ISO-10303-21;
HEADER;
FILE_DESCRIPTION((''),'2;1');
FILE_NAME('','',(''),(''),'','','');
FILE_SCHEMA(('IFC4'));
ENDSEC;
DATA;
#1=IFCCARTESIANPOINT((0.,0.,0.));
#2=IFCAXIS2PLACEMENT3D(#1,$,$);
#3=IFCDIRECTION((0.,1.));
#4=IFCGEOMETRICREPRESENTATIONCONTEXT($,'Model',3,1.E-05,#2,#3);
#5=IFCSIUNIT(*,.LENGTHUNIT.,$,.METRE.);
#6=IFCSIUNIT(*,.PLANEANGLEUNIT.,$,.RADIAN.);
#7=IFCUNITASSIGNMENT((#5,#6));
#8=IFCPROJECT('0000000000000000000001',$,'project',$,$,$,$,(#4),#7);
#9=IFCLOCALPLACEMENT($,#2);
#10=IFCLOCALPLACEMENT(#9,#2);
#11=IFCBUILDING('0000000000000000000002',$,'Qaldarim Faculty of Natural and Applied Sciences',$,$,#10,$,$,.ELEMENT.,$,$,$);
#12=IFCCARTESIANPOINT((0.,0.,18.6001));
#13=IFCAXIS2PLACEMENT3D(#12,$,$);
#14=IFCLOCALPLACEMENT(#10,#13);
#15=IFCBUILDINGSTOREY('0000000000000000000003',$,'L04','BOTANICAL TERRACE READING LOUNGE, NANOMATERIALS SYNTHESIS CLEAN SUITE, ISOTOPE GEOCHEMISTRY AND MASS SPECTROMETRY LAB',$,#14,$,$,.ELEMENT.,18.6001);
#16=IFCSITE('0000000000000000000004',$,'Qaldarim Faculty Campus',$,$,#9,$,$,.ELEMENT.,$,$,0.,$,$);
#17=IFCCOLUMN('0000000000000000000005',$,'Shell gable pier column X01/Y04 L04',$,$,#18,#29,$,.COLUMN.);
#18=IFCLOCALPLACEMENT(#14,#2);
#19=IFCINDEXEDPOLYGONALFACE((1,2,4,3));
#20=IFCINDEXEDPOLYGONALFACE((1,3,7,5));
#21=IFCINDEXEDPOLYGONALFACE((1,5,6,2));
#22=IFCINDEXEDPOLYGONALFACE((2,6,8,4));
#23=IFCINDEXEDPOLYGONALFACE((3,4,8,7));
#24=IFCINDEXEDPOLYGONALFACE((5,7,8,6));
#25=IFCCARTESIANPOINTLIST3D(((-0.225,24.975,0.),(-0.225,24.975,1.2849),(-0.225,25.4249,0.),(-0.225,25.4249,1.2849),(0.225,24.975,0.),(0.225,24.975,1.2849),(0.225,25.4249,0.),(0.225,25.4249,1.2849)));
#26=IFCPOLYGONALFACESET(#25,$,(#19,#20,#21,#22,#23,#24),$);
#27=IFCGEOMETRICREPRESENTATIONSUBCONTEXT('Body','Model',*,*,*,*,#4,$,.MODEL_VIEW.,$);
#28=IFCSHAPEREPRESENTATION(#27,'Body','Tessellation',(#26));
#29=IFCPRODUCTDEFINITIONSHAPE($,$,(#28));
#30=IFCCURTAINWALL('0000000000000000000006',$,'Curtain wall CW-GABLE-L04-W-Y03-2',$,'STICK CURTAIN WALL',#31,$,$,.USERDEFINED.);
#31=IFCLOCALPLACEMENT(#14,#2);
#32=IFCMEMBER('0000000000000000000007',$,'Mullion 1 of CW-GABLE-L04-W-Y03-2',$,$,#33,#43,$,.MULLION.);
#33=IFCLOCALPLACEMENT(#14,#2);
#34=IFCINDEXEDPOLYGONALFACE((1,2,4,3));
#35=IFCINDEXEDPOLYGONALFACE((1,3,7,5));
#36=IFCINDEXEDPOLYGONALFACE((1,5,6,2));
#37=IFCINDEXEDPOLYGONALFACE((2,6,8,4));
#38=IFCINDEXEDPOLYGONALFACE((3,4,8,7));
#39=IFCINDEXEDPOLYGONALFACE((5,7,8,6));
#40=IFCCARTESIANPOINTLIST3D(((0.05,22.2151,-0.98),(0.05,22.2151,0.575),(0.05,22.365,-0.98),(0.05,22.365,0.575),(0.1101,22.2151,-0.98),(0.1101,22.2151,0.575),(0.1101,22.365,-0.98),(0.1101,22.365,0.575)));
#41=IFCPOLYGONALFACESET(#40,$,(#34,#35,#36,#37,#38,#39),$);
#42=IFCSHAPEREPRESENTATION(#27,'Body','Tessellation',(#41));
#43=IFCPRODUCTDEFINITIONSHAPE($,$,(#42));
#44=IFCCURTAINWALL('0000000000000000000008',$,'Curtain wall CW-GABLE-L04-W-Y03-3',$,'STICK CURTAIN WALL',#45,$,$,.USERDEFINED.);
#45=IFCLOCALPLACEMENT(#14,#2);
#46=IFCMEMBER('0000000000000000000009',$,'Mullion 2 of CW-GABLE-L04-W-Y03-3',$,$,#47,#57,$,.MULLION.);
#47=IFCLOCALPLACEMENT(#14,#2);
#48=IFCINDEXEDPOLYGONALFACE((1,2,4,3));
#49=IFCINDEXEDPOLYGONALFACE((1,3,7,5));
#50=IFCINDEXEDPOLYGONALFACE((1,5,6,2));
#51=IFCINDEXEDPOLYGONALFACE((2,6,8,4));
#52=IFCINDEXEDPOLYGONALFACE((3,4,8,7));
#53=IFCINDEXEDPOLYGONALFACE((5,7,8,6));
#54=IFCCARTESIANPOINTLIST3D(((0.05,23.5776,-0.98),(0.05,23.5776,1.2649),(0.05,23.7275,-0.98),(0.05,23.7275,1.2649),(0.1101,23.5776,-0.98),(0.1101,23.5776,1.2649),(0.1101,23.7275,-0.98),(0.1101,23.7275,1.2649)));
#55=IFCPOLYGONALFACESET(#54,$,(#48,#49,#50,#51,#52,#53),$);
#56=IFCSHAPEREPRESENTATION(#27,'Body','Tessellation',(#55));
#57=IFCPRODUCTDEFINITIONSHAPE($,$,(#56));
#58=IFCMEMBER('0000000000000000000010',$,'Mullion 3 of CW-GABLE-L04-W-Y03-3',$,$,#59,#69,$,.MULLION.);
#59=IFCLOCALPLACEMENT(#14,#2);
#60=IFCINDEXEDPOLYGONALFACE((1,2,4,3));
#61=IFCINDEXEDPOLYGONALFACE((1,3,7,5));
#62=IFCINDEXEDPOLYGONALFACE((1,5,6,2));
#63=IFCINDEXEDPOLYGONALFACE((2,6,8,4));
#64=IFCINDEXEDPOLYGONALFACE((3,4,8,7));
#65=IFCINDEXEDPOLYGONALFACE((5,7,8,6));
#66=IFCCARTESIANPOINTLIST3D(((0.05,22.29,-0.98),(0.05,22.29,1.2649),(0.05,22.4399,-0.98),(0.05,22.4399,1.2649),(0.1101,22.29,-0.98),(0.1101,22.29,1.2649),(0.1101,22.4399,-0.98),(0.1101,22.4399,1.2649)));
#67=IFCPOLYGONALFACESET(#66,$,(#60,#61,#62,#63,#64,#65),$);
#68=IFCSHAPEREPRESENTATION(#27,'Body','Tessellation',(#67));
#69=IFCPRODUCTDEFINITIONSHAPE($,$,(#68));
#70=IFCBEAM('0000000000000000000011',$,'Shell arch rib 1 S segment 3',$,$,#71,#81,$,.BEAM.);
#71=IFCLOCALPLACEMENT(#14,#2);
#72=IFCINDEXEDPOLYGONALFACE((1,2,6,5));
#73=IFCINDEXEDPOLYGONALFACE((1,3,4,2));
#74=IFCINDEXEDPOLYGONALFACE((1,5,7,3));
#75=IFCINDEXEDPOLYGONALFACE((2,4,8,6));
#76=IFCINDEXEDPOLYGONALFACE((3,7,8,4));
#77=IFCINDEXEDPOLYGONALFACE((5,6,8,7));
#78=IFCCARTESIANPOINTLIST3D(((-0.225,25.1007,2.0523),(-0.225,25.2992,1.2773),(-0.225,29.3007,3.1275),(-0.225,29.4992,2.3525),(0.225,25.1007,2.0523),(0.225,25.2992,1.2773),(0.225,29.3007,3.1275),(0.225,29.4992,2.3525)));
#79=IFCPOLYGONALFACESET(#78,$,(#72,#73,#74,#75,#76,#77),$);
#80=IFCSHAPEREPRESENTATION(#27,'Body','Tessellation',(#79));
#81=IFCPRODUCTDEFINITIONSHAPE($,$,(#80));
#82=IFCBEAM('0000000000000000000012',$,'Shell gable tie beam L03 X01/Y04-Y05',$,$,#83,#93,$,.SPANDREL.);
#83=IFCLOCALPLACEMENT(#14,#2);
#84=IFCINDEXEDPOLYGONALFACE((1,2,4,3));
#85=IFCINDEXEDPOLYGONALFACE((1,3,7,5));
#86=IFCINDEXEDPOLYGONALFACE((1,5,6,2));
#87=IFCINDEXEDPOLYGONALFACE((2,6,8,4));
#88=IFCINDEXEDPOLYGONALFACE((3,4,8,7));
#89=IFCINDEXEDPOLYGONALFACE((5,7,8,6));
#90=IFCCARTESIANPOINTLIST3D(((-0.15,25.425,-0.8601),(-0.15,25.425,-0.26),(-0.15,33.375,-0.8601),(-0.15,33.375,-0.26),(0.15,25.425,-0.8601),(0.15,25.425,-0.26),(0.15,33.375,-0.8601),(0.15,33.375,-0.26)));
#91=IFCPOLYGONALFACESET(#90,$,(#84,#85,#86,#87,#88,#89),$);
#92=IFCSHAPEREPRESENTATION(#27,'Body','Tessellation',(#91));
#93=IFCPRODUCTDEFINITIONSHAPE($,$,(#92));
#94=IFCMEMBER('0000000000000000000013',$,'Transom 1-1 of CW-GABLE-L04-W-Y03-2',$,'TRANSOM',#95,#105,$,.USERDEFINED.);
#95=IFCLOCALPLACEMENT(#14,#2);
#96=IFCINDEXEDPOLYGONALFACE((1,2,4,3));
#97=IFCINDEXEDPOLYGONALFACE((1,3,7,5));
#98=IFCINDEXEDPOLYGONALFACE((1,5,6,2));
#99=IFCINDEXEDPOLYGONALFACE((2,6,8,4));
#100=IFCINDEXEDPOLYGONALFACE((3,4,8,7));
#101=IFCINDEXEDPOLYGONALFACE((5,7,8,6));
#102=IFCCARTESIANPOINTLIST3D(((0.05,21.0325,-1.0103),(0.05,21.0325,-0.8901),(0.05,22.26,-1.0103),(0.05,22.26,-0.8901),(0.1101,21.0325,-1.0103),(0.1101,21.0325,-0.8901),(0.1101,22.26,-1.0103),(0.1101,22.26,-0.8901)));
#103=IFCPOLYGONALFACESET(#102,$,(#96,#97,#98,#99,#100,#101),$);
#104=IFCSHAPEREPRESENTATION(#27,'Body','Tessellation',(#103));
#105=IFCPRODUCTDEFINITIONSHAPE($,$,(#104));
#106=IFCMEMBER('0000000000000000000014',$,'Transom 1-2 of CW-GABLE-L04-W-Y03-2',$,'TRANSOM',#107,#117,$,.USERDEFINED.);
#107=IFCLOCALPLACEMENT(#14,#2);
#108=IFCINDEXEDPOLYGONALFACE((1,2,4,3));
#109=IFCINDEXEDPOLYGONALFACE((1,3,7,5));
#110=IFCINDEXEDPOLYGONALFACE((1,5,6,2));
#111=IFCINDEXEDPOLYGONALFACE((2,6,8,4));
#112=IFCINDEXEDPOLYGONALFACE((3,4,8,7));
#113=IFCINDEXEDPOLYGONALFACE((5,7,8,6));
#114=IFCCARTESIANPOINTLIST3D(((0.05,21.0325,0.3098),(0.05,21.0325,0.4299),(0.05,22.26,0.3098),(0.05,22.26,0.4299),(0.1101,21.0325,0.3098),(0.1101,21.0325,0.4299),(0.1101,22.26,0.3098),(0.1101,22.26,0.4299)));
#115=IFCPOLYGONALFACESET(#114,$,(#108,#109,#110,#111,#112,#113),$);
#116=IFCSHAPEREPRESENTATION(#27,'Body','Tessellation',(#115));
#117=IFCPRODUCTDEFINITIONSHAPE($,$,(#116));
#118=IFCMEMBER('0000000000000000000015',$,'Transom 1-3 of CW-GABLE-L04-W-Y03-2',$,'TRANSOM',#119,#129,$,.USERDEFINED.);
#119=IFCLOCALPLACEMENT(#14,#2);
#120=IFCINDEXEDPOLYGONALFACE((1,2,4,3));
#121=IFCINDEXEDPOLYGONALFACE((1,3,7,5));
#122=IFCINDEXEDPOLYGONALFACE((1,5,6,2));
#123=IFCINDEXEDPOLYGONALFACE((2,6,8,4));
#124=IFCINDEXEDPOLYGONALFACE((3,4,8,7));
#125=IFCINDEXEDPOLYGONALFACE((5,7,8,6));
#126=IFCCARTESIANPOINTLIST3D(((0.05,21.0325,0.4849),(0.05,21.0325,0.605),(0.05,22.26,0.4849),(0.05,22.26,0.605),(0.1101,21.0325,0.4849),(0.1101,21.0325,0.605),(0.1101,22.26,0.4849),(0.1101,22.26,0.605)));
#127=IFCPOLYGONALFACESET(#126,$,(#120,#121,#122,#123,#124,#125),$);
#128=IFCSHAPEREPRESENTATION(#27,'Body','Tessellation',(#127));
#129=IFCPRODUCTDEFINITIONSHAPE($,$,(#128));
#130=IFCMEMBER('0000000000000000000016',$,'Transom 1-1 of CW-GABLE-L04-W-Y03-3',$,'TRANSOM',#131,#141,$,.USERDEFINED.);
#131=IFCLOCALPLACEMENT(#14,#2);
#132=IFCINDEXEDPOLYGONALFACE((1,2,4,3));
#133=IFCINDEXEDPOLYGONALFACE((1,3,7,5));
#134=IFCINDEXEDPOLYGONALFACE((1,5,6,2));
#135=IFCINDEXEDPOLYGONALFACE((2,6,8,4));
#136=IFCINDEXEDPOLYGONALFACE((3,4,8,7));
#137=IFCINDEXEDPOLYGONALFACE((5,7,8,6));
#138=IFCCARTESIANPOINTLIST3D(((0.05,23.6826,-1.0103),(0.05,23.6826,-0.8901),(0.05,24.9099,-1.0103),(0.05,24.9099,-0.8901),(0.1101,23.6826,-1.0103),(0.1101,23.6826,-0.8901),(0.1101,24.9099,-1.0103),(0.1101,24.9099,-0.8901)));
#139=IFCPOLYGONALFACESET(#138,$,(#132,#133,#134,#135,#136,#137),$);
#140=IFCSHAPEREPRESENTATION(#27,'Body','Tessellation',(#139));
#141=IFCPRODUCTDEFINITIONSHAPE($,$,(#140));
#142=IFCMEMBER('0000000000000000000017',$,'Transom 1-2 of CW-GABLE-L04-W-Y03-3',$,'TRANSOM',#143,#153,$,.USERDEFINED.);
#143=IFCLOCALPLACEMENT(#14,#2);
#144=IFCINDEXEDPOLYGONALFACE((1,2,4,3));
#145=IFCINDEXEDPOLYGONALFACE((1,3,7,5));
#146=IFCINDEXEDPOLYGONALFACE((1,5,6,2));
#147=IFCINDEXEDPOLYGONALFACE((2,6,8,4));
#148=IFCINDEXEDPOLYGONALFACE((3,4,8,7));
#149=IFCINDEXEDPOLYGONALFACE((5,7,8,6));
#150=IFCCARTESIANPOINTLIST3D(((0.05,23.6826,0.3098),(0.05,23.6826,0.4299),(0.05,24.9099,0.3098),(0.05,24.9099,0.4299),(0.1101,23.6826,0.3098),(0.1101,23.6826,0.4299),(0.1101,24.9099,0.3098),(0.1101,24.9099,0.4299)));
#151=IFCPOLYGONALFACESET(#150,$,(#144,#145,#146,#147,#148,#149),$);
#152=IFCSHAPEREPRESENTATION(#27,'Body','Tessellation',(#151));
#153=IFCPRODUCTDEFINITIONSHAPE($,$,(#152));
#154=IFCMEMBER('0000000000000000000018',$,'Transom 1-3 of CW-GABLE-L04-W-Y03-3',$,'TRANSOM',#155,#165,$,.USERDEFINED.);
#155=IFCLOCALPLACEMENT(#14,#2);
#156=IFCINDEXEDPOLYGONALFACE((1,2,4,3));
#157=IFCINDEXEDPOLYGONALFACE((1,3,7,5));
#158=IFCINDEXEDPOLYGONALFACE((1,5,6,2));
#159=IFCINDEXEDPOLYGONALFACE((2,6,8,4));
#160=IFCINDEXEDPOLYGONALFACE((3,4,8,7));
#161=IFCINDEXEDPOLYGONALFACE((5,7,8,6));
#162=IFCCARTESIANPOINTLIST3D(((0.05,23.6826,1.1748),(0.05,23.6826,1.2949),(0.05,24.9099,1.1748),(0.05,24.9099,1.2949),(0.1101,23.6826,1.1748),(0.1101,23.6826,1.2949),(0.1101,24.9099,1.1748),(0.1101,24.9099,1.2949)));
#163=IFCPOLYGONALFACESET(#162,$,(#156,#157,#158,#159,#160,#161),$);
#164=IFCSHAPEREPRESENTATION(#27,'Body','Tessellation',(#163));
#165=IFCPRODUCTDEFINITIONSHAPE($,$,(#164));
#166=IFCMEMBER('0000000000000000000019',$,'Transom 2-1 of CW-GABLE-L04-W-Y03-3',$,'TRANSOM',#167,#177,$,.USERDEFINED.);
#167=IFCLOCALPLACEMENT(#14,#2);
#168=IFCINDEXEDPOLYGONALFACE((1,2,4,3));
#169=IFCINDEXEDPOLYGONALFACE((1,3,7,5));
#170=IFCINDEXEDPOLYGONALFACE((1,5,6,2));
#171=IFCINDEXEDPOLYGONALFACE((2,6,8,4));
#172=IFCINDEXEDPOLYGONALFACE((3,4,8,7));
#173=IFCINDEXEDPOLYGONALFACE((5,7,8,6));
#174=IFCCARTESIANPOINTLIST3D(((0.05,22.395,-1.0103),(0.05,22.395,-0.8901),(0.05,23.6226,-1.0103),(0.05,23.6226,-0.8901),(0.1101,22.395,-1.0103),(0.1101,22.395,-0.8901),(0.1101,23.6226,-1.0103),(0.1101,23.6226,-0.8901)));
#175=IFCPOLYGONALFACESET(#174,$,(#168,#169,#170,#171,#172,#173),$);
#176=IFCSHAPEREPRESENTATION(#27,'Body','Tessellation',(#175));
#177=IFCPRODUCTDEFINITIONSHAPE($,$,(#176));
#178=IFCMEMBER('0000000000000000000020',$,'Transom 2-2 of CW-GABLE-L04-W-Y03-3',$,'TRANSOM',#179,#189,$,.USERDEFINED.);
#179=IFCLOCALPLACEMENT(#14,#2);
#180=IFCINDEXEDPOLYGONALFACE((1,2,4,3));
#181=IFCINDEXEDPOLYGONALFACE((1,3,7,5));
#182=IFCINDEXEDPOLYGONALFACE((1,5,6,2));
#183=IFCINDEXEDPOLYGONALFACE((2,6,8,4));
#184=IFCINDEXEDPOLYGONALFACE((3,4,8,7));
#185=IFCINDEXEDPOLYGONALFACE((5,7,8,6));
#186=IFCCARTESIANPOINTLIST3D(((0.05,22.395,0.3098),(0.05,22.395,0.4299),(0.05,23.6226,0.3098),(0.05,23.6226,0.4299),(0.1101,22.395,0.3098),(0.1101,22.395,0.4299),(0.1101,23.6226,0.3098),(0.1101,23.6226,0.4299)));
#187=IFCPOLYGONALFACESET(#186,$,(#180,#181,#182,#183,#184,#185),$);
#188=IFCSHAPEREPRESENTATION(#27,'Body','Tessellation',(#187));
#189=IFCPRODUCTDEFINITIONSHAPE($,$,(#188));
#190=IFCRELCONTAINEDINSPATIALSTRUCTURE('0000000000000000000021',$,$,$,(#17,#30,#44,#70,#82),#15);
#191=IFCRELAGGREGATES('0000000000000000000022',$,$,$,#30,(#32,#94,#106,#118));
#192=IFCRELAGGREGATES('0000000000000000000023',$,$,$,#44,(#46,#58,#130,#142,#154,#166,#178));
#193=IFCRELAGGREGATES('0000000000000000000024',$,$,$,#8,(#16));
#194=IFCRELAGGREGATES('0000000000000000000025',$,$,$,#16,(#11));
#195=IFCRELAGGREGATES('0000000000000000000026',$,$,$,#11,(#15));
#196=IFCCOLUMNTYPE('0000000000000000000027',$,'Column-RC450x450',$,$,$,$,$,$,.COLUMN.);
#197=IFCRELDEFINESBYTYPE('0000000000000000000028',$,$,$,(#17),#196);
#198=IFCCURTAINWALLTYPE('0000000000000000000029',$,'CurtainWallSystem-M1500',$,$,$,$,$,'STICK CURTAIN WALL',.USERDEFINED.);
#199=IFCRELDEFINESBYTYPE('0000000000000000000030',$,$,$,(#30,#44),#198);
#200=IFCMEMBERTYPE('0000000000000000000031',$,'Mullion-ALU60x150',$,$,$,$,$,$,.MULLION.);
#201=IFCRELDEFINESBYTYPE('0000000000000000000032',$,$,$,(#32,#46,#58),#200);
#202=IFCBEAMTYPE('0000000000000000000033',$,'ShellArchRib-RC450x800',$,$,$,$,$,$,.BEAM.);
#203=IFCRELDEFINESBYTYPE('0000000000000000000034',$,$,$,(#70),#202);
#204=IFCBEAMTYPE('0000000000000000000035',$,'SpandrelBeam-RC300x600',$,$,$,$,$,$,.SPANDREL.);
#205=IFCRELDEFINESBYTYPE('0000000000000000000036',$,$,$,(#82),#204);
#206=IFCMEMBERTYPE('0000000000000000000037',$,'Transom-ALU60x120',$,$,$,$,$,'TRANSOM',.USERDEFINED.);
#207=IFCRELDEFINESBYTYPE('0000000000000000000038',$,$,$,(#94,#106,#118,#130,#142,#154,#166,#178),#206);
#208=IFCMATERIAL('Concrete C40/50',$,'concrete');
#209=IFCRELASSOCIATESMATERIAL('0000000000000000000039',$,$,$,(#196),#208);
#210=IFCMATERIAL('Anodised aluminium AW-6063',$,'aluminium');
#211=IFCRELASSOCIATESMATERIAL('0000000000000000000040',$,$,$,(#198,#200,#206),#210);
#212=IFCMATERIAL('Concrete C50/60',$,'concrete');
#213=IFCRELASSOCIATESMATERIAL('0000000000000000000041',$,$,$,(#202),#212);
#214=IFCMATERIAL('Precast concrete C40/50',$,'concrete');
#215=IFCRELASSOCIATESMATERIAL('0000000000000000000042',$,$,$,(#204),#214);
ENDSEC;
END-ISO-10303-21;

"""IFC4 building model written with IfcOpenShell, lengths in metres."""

from ifc_helpers import new_model, si_unit, direction, frame, origin, origin_2d, place, context, subcontext, project, spatial, rectangle, extrude, material, material_profile, profile_set, type_object, element, aggregate, save


model = new_model("IFC4")

# Units and contexts
model_context = context("Model", 3, precision=1e-05, world=origin(), true_north=direction((0.0, 1.0)))
body_context = subcontext(model_context, "Body", "Model", "MODEL_VIEW")
ifc_project = project(units=[si_unit("LENGTHUNIT", "METRE"), si_unit("PLANEANGLEUNIT", "RADIAN")], contexts=[model_context])

# Site, building, storey
site_placement = place(None, origin())
site = spatial("IfcSite", under=ifc_project, at=site_placement, Name="Qaldarim Faculty Campus", CompositionType="ELEMENT", RefElevation=0.0)
building_placement = place(site_placement, origin())
building = spatial("IfcBuilding", under=site, at=building_placement, Name="Qaldarim Faculty of Natural and Applied Sciences", CompositionType="ELEMENT")
storey_placement = place(building_placement, frame((0.0, 0.0, 18.6001)))
storey = spatial("IfcBuildingStorey", under=building, at=storey_placement, Name="L04", Description="BOTANICAL TERRACE READING LOUNGE, NANOMATERIALS SYNTHESIS CLEAN SUITE, ISOTOPE GEOCHEMISTRY AND MASS SPECTROMETRY LAB", CompositionType="ELEMENT", Elevation=18.6001)

# Column
ifc_material_1 = material(Name="Concrete C40/50", Category="concrete")
ifc_material_profile_1 = material_profile(ifc_material_1, rectangle(XDim=0.45, YDim=0.45, at=origin_2d()), Name="RC-C450x450")
ifc_profile_set_1 = profile_set([ifc_material_profile_1], Name="Concrete C40/50")
column_type = type_object("IfcColumnType", Name="Column-RC450x450", PredefinedType="COLUMN", material=ifc_profile_set_1)
column_placement = place(storey_placement, frame((0.0, 25.2, 0.0), z_axis=(0.0, 0.0, 1.0), x_axis=(1.0, 0.0, 0.0)))
element("IfcColumn", 1, at=column_placement, inside=storey, type_object=column_type, Name="Shell gable pier column X01/Y04 L04", PredefinedType="COLUMN", context=body_context, shape_type="SweptSolid", body=[
    extrude(rectangle(XDim=0.45, YDim=0.45, at=origin_2d()), origin(), (0.0, 0.0, 1.0), 1.2849),
])

# Curtain wall, member
ifc_material_2 = material(Name="Anodised aluminium AW-6063", Category="aluminium")
curtain_wall_type = type_object("IfcCurtainWallType", Name="CurtainWallSystem-M1500", ElementType="STICK CURTAIN WALL", PredefinedType="USERDEFINED", material=ifc_material_2)
curtain_wall_1_placement = place(storey_placement, origin())
curtain_wall_1 = element("IfcCurtainWall", 2, at=curtain_wall_1_placement, inside=storey, type_object=curtain_wall_type, Name="Curtain wall CW-GABLE-L04-W-Y03-2", ObjectType="STICK CURTAIN WALL", PredefinedType="USERDEFINED")
ifc_material_profile_2 = material_profile(ifc_material_2, rectangle(XDim=0.0601, YDim=0.1499, at=origin_2d()), Name="ALU-M60x150")
ifc_profile_set_2 = profile_set([ifc_material_profile_2], Name="Anodised aluminium AW-6063")
member_type_1 = type_object("IfcMemberType", Name="Mullion-ALU60x150", PredefinedType="MULLION", material=ifc_profile_set_2)
member_1_placement = place(storey_placement, frame((0.0801, 22.29, -0.98), z_axis=(0.0, 0.0, 1.0), x_axis=(1.0, 0.0, 0.0)))
member_1 = element("IfcMember", 3, at=member_1_placement, type_object=member_type_1, Name="Mullion 1 of CW-GABLE-L04-W-Y03-2", PredefinedType="MULLION", context=body_context, shape_type="SweptSolid", body=[
    extrude(rectangle(XDim=0.0601, YDim=0.1499, at=origin_2d()), origin(), (0.0, 0.0, 1.0), 1.5549),
])

# Curtain wall, members
curtain_wall_2_placement = place(storey_placement, origin())
curtain_wall_2 = element("IfcCurtainWall", 4, at=curtain_wall_2_placement, inside=storey, type_object=curtain_wall_type, Name="Curtain wall CW-GABLE-L04-W-Y03-3", ObjectType="STICK CURTAIN WALL", PredefinedType="USERDEFINED")
member_2_placement = place(storey_placement, frame((0.0801, 23.6526, -0.98), z_axis=(0.0, 0.0, 1.0), x_axis=(1.0, 0.0, 0.0)))
member_2 = element("IfcMember", 5, at=member_2_placement, type_object=member_type_1, Name="Mullion 2 of CW-GABLE-L04-W-Y03-3", PredefinedType="MULLION", context=body_context, shape_type="SweptSolid", body=[
    extrude(rectangle(XDim=0.0601, YDim=0.1499, at=origin_2d()), origin(), (0.0, 0.0, 1.0), 2.2449),
])
member_3_placement = place(storey_placement, frame((0.0801, 22.365, -0.98), z_axis=(0.0, 0.0, 1.0), x_axis=(1.0, 0.0, 0.0)))
member_3 = element("IfcMember", 6, at=member_3_placement, type_object=member_type_1, Name="Mullion 3 of CW-GABLE-L04-W-Y03-3", PredefinedType="MULLION", context=body_context, shape_type="SweptSolid", body=[
    extrude(rectangle(XDim=0.0601, YDim=0.1499, at=origin_2d()), origin(), (0.0, 0.0, 1.0), 2.2449),
])

# Beams
ifc_material_3 = material(Name="Concrete C50/60", Category="concrete")
ifc_material_profile_3 = material_profile(ifc_material_3, rectangle(XDim=0.45, YDim=0.8, at=origin_2d()), Name="RC-RIB450x800")
ifc_profile_set_3 = profile_set([ifc_material_profile_3], Name="Concrete C50/60")
beam_type_1 = type_object("IfcBeamType", Name="ShellArchRib-RC450x800", PredefinedType="BEAM", material=ifc_profile_set_3)
beam_1_placement = place(storey_placement, frame((0.0, 25.2, 1.6648), z_axis=(0.0, 0.968759, 0.248004), x_axis=(-1.0, 0.0, 0.0)))
element("IfcBeam", 7, at=beam_1_placement, inside=storey, type_object=beam_type_1, Name="Shell arch rib 1 S segment 3", PredefinedType="BEAM", context=body_context, shape_type="SweptSolid", body=[
    extrude(rectangle(XDim=0.45, YDim=0.8, at=origin_2d()), origin(), (0.0, 0.0, 1.0), 4.3354),
])
ifc_material_4 = material(Name="Precast concrete C40/50", Category="concrete")
ifc_material_profile_4 = material_profile(ifc_material_4, rectangle(XDim=0.3, YDim=0.6001, at=origin_2d()), Name="RC-SP300x600")
ifc_profile_set_4 = profile_set([ifc_material_profile_4], Name="Precast concrete C40/50")
beam_type_2 = type_object("IfcBeamType", Name="SpandrelBeam-RC300x600", PredefinedType="SPANDREL", material=ifc_profile_set_4)
beam_2_placement = place(storey_placement, frame((0.0, 25.425, -0.5601), z_axis=(0.0, 1.0, 0.0), x_axis=(-1.0, 0.0, 0.0)))
element("IfcBeam", 8, at=beam_2_placement, inside=storey, type_object=beam_type_2, Name="Shell gable tie beam L03 X01/Y04-Y05", PredefinedType="SPANDREL", context=body_context, shape_type="SweptSolid", body=[
    extrude(rectangle(XDim=0.3, YDim=0.6001, at=origin_2d()), origin(), (0.0, 0.0, 1.0), 7.95),
])

# Members
ifc_material_profile_5 = material_profile(ifc_material_2, rectangle(XDim=0.0601, YDim=0.1201, at=origin_2d()), Name="ALU-T60x120")
ifc_profile_set_5 = profile_set([ifc_material_profile_5], Name="Anodised aluminium AW-6063")
member_type_2 = type_object("IfcMemberType", Name="Transom-ALU60x120", ElementType="TRANSOM", PredefinedType="USERDEFINED", material=ifc_profile_set_5)
member_4_placement = place(storey_placement, frame((0.0801, 22.26, -0.9502), z_axis=(0.0, -1.0, 0.0), x_axis=(1.0, 0.0, 0.0)))
member_4 = element("IfcMember", 9, at=member_4_placement, type_object=member_type_2, Name="Transom 1-1 of CW-GABLE-L04-W-Y03-2", ObjectType="TRANSOM", PredefinedType="USERDEFINED", context=body_context, shape_type="SweptSolid", body=[
    extrude(rectangle(XDim=0.0601, YDim=0.1201, at=origin_2d()), origin(), (0.0, 0.0, 1.0), 1.2275),
])
member_5_placement = place(storey_placement, frame((0.0801, 22.26, 0.3699), z_axis=(0.0, -1.0, 0.0), x_axis=(1.0, 0.0, 0.0)))
member_5 = element("IfcMember", 10, at=member_5_placement, type_object=member_type_2, Name="Transom 1-2 of CW-GABLE-L04-W-Y03-2", ObjectType="TRANSOM", PredefinedType="USERDEFINED", context=body_context, shape_type="SweptSolid", body=[
    extrude(rectangle(XDim=0.0601, YDim=0.1201, at=origin_2d()), origin(), (0.0, 0.0, 1.0), 1.2275),
])
member_6_placement = place(storey_placement, frame((0.0801, 22.26, 0.5449), z_axis=(0.0, -1.0, 0.0), x_axis=(1.0, 0.0, 0.0)))
member_6 = element("IfcMember", 11, at=member_6_placement, type_object=member_type_2, Name="Transom 1-3 of CW-GABLE-L04-W-Y03-2", ObjectType="TRANSOM", PredefinedType="USERDEFINED", context=body_context, shape_type="SweptSolid", body=[
    extrude(rectangle(XDim=0.0601, YDim=0.1201, at=origin_2d()), origin(), (0.0, 0.0, 1.0), 1.2275),
])
member_7_placement = place(storey_placement, frame((0.0801, 24.9099, -0.9502), z_axis=(0.0, -1.0, 0.0), x_axis=(1.0, 0.0, 0.0)))
member_7 = element("IfcMember", 12, at=member_7_placement, type_object=member_type_2, Name="Transom 1-1 of CW-GABLE-L04-W-Y03-3", ObjectType="TRANSOM", PredefinedType="USERDEFINED", context=body_context, shape_type="SweptSolid", body=[
    extrude(rectangle(XDim=0.0601, YDim=0.1201, at=origin_2d()), origin(), (0.0, 0.0, 1.0), 1.2273),
])
member_8_placement = place(storey_placement, frame((0.0801, 24.9099, 0.3699), z_axis=(0.0, -1.0, 0.0), x_axis=(1.0, 0.0, 0.0)))
member_8 = element("IfcMember", 13, at=member_8_placement, type_object=member_type_2, Name="Transom 1-2 of CW-GABLE-L04-W-Y03-3", ObjectType="TRANSOM", PredefinedType="USERDEFINED", context=body_context, shape_type="SweptSolid", body=[
    extrude(rectangle(XDim=0.0601, YDim=0.1201, at=origin_2d()), origin(), (0.0, 0.0, 1.0), 1.2273),
])
member_9_placement = place(storey_placement, frame((0.0801, 24.9099, 1.2349), z_axis=(0.0, -1.0, 0.0), x_axis=(1.0, 0.0, 0.0)))
member_9 = element("IfcMember", 14, at=member_9_placement, type_object=member_type_2, Name="Transom 1-3 of CW-GABLE-L04-W-Y03-3", ObjectType="TRANSOM", PredefinedType="USERDEFINED", context=body_context, shape_type="SweptSolid", body=[
    extrude(rectangle(XDim=0.0601, YDim=0.1201, at=origin_2d()), origin(), (0.0, 0.0, 1.0), 1.2273),
])
member_10_placement = place(storey_placement, frame((0.0801, 23.6226, -0.9502), z_axis=(0.0, -1.0, 0.0), x_axis=(1.0, 0.0, 0.0)))
member_10 = element("IfcMember", 15, at=member_10_placement, type_object=member_type_2, Name="Transom 2-1 of CW-GABLE-L04-W-Y03-3", ObjectType="TRANSOM", PredefinedType="USERDEFINED", context=body_context, shape_type="SweptSolid", body=[
    extrude(rectangle(XDim=0.0601, YDim=0.1201, at=origin_2d()), origin(), (0.0, 0.0, 1.0), 1.2275),
])
member_11_placement = place(storey_placement, frame((0.0801, 23.6226, 0.3699), z_axis=(0.0, -1.0, 0.0), x_axis=(1.0, 0.0, 0.0)))
member_11 = element("IfcMember", 16, at=member_11_placement, type_object=member_type_2, Name="Transom 2-2 of CW-GABLE-L04-W-Y03-3", ObjectType="TRANSOM", PredefinedType="USERDEFINED", context=body_context, shape_type="SweptSolid", body=[
    extrude(rectangle(XDim=0.0601, YDim=0.1201, at=origin_2d()), origin(), (0.0, 0.0, 1.0), 1.2275),
])

aggregate(curtain_wall_1, [member_1, member_4, member_5, member_6])
aggregate(curtain_wall_2, [member_2, member_3, member_7, member_8, member_9, member_10, member_11])

save(model, "model.ifc")
